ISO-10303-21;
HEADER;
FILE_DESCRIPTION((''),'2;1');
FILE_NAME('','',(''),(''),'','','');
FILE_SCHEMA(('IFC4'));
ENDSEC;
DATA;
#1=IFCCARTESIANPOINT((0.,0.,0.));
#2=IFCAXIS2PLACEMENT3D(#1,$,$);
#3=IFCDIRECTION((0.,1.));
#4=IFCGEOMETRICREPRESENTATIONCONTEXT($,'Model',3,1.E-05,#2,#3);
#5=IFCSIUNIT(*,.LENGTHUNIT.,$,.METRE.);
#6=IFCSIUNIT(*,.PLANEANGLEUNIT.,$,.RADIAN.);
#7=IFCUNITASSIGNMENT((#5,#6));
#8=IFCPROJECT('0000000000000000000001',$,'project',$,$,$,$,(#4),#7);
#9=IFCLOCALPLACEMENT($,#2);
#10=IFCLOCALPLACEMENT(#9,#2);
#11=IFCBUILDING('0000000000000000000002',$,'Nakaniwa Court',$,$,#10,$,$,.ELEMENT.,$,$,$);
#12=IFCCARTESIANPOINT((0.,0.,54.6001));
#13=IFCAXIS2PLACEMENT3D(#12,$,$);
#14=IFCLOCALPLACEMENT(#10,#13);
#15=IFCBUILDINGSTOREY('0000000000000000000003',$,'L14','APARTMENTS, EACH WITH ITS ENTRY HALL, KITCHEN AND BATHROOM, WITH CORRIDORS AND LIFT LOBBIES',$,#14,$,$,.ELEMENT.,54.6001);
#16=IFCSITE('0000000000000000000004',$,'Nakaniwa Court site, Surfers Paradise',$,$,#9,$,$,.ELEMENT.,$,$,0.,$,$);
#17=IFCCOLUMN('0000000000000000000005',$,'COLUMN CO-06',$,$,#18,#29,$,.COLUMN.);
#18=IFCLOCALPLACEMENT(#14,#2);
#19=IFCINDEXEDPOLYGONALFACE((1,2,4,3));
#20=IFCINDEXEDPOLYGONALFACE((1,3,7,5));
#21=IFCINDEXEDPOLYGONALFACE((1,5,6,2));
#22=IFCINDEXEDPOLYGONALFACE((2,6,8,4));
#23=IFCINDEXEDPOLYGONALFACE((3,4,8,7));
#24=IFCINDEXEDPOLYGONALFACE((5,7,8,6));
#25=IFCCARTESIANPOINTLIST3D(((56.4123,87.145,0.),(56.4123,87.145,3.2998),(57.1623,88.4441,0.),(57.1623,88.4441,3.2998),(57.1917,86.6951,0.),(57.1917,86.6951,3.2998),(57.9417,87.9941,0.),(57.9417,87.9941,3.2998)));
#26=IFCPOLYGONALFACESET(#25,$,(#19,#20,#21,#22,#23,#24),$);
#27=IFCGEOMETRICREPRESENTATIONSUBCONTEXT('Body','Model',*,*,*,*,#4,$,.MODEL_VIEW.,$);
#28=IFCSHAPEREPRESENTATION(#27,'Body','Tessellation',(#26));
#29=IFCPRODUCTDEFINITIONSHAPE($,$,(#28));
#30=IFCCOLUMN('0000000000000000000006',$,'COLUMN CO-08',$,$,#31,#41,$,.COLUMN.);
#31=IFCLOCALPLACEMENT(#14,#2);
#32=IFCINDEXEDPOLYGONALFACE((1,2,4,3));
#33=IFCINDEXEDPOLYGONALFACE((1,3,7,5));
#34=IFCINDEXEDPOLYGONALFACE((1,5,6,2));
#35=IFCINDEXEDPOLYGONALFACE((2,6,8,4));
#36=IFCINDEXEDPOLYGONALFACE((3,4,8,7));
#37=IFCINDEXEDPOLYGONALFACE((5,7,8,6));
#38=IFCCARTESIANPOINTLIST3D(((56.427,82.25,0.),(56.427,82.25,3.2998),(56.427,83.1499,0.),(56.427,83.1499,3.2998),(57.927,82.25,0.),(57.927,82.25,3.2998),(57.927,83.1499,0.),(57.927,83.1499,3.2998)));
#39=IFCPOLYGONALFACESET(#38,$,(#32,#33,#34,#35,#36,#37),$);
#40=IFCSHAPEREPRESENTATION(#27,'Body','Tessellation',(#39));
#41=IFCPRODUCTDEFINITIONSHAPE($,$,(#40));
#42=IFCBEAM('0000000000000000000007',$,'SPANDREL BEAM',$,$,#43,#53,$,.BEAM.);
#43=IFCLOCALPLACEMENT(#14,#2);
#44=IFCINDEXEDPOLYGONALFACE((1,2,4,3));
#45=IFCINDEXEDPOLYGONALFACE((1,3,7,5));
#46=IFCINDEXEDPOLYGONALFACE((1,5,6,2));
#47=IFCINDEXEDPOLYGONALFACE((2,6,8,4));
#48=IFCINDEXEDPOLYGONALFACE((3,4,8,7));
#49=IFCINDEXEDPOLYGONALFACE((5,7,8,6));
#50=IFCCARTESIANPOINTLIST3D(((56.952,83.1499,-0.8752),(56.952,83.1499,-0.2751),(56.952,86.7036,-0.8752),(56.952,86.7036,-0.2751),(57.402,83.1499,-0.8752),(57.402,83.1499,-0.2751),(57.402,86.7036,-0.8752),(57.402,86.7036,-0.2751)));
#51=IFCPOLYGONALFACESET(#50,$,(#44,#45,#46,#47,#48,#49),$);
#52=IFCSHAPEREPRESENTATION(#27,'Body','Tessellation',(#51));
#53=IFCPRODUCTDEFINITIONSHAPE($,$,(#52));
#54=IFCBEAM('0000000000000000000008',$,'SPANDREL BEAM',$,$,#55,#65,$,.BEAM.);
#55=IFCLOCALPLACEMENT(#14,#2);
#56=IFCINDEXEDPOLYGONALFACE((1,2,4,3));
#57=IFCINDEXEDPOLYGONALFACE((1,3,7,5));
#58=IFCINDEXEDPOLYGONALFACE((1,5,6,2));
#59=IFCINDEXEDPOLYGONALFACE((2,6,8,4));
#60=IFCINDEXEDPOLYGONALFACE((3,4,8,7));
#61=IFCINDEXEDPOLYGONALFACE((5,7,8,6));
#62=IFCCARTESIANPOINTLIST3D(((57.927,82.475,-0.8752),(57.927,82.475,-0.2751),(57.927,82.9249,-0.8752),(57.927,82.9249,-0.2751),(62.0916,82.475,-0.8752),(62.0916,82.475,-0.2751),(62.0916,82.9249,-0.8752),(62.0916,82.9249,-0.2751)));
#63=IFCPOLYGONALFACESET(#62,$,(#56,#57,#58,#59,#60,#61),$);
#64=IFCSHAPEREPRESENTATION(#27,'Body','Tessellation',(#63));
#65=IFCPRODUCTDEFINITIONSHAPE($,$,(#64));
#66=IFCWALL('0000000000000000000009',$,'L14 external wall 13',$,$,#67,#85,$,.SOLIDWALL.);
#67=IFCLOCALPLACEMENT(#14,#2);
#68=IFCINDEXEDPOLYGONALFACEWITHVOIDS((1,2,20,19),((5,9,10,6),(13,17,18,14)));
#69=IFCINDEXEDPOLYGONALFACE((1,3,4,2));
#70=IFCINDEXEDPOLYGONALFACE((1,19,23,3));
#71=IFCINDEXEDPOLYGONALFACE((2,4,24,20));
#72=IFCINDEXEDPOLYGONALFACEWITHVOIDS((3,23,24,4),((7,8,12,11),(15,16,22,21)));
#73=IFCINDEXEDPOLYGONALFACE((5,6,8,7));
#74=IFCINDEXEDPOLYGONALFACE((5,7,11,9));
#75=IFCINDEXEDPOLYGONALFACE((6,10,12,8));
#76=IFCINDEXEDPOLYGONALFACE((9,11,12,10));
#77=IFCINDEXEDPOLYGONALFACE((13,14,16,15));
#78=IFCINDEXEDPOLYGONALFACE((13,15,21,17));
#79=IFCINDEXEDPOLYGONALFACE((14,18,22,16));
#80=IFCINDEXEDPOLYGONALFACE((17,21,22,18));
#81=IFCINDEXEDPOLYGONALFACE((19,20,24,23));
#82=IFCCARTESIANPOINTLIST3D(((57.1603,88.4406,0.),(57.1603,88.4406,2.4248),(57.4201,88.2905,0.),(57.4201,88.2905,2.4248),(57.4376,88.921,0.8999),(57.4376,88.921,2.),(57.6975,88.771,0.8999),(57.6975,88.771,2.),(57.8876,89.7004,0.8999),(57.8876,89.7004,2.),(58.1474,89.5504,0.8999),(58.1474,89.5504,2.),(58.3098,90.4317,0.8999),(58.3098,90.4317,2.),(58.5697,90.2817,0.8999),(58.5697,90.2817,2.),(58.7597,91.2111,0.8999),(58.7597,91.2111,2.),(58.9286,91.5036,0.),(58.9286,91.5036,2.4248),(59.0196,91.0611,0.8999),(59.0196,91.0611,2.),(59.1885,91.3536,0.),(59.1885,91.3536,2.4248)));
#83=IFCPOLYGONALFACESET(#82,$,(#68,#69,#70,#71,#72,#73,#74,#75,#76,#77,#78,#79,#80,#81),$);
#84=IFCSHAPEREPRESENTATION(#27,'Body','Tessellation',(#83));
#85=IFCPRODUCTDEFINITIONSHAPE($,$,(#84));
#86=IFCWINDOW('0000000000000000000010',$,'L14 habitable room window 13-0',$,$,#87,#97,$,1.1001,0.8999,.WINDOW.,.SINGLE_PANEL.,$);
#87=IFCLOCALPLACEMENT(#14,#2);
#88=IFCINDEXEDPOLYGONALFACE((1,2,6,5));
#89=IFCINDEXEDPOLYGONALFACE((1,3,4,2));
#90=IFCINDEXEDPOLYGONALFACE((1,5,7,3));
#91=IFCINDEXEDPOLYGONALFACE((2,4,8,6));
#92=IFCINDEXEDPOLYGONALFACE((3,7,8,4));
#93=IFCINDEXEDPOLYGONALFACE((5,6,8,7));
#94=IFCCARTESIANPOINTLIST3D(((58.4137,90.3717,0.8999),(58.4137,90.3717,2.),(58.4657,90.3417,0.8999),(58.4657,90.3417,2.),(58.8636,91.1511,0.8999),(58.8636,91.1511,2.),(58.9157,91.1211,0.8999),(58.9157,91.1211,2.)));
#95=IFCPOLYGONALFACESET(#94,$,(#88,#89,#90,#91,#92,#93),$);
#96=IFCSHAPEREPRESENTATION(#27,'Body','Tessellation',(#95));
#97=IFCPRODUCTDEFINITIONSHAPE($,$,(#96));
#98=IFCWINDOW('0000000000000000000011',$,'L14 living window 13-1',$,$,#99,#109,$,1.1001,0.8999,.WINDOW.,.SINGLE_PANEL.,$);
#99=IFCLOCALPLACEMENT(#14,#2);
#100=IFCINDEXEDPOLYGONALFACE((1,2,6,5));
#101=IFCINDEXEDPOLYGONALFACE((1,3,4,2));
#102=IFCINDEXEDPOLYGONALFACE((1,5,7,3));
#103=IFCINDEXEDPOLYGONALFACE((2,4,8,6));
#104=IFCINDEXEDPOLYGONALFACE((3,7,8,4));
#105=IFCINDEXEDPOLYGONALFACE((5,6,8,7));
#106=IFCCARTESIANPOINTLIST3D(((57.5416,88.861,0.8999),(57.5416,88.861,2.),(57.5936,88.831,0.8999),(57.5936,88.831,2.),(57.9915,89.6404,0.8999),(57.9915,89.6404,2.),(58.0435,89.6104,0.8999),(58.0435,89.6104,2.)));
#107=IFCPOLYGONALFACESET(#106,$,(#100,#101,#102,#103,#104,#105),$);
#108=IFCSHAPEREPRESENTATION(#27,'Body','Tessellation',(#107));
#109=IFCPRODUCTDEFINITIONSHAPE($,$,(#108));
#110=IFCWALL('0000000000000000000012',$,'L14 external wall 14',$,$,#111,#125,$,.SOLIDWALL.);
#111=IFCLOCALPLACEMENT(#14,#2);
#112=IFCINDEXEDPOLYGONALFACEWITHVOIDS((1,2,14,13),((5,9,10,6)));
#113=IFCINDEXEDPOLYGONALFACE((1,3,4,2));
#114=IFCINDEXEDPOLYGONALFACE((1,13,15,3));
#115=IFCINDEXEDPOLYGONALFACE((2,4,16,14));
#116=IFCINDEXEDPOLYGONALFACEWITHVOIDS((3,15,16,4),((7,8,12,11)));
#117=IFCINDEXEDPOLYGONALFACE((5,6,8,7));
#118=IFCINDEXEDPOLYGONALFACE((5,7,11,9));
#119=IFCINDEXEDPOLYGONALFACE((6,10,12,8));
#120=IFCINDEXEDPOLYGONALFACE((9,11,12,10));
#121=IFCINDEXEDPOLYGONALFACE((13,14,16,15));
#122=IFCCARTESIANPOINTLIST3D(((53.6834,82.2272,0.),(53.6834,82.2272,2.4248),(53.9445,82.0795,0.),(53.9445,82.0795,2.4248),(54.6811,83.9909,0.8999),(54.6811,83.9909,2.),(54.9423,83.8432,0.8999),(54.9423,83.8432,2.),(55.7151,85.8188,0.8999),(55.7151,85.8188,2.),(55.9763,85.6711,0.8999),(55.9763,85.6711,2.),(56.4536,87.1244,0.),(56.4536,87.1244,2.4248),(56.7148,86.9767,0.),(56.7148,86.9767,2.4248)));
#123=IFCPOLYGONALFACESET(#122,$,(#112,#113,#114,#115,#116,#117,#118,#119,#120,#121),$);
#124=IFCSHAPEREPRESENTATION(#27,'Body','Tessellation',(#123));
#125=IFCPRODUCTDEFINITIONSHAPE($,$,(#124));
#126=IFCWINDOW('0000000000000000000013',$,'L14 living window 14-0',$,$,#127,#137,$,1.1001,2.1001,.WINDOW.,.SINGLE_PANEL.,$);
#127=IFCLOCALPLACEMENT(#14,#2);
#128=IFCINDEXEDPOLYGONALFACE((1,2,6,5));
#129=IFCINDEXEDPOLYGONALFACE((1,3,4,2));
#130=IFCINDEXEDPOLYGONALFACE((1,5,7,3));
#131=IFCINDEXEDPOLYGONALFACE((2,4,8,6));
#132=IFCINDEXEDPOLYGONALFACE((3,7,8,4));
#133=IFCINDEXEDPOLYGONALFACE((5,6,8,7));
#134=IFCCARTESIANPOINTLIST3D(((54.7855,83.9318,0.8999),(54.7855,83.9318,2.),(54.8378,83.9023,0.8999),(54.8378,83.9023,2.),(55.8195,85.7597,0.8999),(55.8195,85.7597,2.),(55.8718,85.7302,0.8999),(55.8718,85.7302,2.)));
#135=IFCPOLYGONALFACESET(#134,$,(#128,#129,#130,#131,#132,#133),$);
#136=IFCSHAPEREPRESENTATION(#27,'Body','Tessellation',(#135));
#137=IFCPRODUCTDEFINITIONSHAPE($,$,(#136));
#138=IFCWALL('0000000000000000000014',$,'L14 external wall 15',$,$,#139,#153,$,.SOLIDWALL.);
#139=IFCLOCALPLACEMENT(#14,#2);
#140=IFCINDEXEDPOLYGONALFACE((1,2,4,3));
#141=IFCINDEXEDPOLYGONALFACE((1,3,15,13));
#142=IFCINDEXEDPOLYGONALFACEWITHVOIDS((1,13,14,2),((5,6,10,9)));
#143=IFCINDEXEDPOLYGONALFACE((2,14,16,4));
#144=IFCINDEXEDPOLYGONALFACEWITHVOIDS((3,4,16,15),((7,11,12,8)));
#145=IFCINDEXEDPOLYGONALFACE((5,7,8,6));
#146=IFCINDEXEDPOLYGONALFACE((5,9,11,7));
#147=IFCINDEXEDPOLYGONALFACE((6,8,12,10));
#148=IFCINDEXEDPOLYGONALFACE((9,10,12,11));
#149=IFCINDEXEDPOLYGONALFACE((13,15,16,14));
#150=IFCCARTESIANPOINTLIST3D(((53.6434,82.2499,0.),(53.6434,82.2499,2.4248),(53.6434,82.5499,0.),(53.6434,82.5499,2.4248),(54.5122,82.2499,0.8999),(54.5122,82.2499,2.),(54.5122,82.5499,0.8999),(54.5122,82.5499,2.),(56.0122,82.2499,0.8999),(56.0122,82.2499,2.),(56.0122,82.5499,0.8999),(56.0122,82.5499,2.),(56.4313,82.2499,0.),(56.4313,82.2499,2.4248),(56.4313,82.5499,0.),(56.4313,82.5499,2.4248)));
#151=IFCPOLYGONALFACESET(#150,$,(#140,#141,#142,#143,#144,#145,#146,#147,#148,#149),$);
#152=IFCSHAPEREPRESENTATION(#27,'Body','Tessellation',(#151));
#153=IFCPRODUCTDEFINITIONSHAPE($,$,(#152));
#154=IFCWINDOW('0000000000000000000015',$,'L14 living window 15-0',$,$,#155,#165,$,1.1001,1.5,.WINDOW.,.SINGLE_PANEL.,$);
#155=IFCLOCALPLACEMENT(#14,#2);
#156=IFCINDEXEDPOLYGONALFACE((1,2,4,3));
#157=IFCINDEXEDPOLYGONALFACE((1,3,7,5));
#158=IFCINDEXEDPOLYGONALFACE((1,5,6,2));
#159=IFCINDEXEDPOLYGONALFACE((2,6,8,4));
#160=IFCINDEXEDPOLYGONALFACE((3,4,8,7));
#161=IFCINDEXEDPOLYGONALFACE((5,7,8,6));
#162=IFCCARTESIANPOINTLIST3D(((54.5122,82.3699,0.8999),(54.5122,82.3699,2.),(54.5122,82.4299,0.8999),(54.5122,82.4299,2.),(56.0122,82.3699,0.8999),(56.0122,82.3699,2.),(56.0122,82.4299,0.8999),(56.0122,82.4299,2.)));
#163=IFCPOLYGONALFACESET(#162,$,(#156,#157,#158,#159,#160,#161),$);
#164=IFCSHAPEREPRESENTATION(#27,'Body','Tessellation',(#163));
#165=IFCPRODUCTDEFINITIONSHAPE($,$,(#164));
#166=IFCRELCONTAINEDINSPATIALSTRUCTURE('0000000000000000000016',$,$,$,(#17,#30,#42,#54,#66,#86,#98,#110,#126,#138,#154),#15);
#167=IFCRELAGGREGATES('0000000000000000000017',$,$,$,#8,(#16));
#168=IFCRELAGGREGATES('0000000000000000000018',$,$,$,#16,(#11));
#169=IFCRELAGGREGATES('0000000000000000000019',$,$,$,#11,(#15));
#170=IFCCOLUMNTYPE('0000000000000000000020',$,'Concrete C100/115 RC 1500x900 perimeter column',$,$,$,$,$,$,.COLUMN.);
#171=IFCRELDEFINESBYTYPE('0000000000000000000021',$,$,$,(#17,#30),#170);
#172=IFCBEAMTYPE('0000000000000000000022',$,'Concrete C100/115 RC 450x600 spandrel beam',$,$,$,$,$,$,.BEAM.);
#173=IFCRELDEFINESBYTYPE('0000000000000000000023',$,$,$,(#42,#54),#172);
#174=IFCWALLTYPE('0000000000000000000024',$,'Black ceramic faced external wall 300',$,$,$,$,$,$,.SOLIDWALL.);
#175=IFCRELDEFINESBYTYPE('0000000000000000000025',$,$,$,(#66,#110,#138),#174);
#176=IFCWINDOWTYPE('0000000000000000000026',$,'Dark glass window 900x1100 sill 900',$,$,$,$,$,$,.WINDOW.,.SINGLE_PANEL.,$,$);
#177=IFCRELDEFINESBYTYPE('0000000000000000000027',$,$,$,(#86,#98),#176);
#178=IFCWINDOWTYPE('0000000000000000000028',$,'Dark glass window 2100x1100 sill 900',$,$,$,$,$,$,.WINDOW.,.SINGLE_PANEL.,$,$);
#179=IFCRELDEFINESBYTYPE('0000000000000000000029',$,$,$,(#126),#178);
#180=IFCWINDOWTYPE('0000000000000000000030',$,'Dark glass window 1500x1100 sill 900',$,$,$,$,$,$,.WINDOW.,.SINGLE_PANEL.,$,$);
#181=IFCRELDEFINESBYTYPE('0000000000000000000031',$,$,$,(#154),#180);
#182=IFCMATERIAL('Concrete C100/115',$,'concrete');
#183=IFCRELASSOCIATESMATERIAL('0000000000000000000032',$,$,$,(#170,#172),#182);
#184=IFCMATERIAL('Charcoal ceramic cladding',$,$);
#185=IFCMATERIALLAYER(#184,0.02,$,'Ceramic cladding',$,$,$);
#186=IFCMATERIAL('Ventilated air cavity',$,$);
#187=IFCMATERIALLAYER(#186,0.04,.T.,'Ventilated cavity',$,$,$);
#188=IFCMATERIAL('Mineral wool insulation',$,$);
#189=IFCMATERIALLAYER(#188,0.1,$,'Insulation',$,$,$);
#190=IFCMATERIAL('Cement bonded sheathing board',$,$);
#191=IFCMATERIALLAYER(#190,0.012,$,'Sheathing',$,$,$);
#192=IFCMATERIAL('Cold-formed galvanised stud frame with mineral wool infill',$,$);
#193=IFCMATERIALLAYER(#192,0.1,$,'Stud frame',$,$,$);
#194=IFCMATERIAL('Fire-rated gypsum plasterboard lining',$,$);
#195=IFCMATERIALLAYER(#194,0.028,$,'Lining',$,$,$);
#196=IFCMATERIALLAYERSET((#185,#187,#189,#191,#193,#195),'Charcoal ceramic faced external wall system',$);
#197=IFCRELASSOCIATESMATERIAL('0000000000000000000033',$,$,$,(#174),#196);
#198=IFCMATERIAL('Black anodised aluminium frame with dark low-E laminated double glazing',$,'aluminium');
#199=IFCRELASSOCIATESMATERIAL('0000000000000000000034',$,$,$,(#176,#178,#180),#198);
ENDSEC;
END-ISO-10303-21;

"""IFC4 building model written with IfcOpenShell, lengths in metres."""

from ifc_helpers import new_model, si_unit, direction, frame, frame_2d, origin, origin_2d, place, context, subcontext, project, spatial, rectangle, extrude, material, layer, layer_set, material_profile, profile_set, type_object, element, fill, save


model = new_model("IFC4")

# Units and contexts
model_context = context("Model", 3, precision=1e-05, world=origin(), true_north=direction((0.0, 1.0)))
body_context = subcontext(model_context, "Body", "Model", "MODEL_VIEW")
ifc_project = project(units=[si_unit("LENGTHUNIT", "METRE"), si_unit("PLANEANGLEUNIT", "RADIAN")], contexts=[model_context])

# Site, building, storey
site_placement = place(None, origin())
site = spatial("IfcSite", under=ifc_project, at=site_placement, Name="Nakaniwa Court site, Surfers Paradise", CompositionType="ELEMENT", RefElevation=0.0)
building_placement = place(site_placement, origin())
building = spatial("IfcBuilding", under=site, at=building_placement, Name="Nakaniwa Court", CompositionType="ELEMENT")
storey_placement = place(building_placement, frame((0.0, 0.0, 54.6001)))
storey = spatial("IfcBuildingStorey", under=building, at=storey_placement, Name="L14", Description="APARTMENTS, EACH WITH ITS ENTRY HALL, KITCHEN AND BATHROOM, WITH CORRIDORS AND LIFT LOBBIES", CompositionType="ELEMENT", Elevation=54.6001)

# Columns
ifc_material_1 = material(Name="Concrete C100/115", Category="concrete")
ifc_material_profile_1 = material_profile(ifc_material_1, rectangle(XDim=1.5, YDim=0.8999, at=origin_2d()), Name="Concrete C100/115 RC 1500x900 perimeter column")
ifc_profile_set_1 = profile_set([ifc_material_profile_1], Name="Concrete C100/115")
column_type = type_object("IfcColumnType", Name="Concrete C100/115 RC 1500x900 perimeter column", PredefinedType="COLUMN", material=ifc_profile_set_1)
for number, where, z_axis, x_axis, name in (
    (1, (57.177, 87.5696, 0.0), (0.0, 0.0, 1.0), (-0.5, -0.866025, 0.0), "COLUMN CO-06"),
    (2, (57.177, 82.7, 0.0), (0.0, 0.0, 1.0), (1.0, 0.0, 0.0), "COLUMN CO-08"),
):
    element("IfcColumn", number, at=place(storey_placement, frame(where, z_axis=z_axis, x_axis=x_axis)), inside=storey, type_object=column_type, Name=name, PredefinedType="COLUMN", context=body_context, shape_type="SweptSolid", body=[
        extrude(rectangle(XDim=1.5, YDim=0.8999, at=origin_2d()), origin(), (0.0, 0.0, 1.0), 3.2998),
    ])

# Beams
ifc_material_profile_2 = material_profile(ifc_material_1, rectangle(XDim=0.45, YDim=0.6001, at=origin_2d()), Name="Concrete C100/115 RC 450x600 spandrel beam")
ifc_profile_set_2 = profile_set([ifc_material_profile_2], Name="Concrete C100/115")
beam_type = type_object("IfcBeamType", Name="Concrete C100/115 RC 450x600 spandrel beam", PredefinedType="BEAM", material=ifc_profile_set_2)
beam_1_placement = place(storey_placement, frame((57.177, 86.7036, -0.5752), z_axis=(0.0, -1.0, 0.0), x_axis=(1.0, 0.0, 0.0)))
element("IfcBeam", 3, at=beam_1_placement, inside=storey, type_object=beam_type, Name="SPANDREL BEAM", PredefinedType="BEAM", context=body_context, shape_type="SweptSolid", body=[
    extrude(rectangle(XDim=0.45, YDim=0.6001, at=origin_2d()), origin(), (0.0, 0.0, 1.0), 3.5537),
])
beam_2_placement = place(storey_placement, frame((57.927, 82.7, -0.5752), z_axis=(1.0, 0.0, 0.0), x_axis=(0.0, 1.0, 0.0)))
element("IfcBeam", 4, at=beam_2_placement, inside=storey, type_object=beam_type, Name="SPANDREL BEAM", PredefinedType="BEAM", context=body_context, shape_type="SweptSolid", body=[
    extrude(rectangle(XDim=0.45, YDim=0.6001, at=origin_2d()), origin(), (0.0, 0.0, 1.0), 4.1646),
])

# Wall, openings, windows
ifc_material_2 = material(Name="Charcoal ceramic cladding")
ifc_layer_1 = layer(ifc_material_2, 0.02, Name="Ceramic cladding")
ifc_material_3 = material(Name="Ventilated air cavity")
ifc_layer_2 = layer(ifc_material_3, 0.04, ventilated=True, Name="Ventilated cavity")
ifc_material_4 = material(Name="Mineral wool insulation")
ifc_layer_3 = layer(ifc_material_4, 0.1, Name="Insulation")
ifc_material_5 = material(Name="Cement bonded sheathing board")
ifc_layer_4 = layer(ifc_material_5, 0.012, Name="Sheathing")
ifc_material_6 = material(Name="Cold-formed galvanised stud frame with mineral wool infill")
ifc_layer_5 = layer(ifc_material_6, 0.1, Name="Stud frame")
ifc_material_7 = material(Name="Fire-rated gypsum plasterboard lining")
ifc_layer_6 = layer(ifc_material_7, 0.028, Name="Lining")
ifc_layer_set_1 = layer_set([ifc_layer_1, ifc_layer_2, ifc_layer_3, ifc_layer_4, ifc_layer_5, ifc_layer_6], Name="Charcoal ceramic faced external wall system")
wall_type_1 = type_object("IfcWallType", Name="Black ceramic faced external wall 300", PredefinedType="SOLIDWALL", material=ifc_layer_set_1)
wall_1_placement = place(storey_placement, frame((59.0586, 91.4287, 0.0), z_axis=(0.0, 0.0, 1.0), x_axis=(-0.499977, -0.866038, 0.0)))
wall_1 = element("IfcWall", 5, at=wall_1_placement, inside=storey, type_object=wall_type_1, Name="L14 external wall 13", PredefinedType="SOLIDWALL", context=body_context, shape_type="SweptSolid", body=[
    extrude(rectangle(XDim=3.5369, YDim=0.3, at=frame_2d((1.7686, 0.0))), origin(), (0.0, 0.0, 1.0), 2.4248),
])
opening_1_placement = place(wall_1_placement, frame((0.3379, 0.0, 0.8999)))
opening_1 = element("IfcOpeningElement", 6, at=opening_1_placement, cuts=wall_1, PredefinedType="OPENING", context=body_context, shape_type="SweptSolid", body=[
    extrude(rectangle(XDim=0.8999, YDim=1.1001, at=frame_2d((0.45, 0.55))), frame((0.0, 0.1599, 0.0), z_axis=(0.0, -1.0, 0.0), x_axis=(1.0, 0.0, 0.0)), (0.0, 0.0, 1.0), 0.3201),
])
opening_2_placement = place(wall_1_placement, frame((2.0823, 0.0, 0.8999)))
opening_2 = element("IfcOpeningElement", 7, at=opening_2_placement, cuts=wall_1, PredefinedType="OPENING", context=body_context, shape_type="SweptSolid", body=[
    extrude(rectangle(XDim=0.8999, YDim=1.1001, at=frame_2d((0.45, 0.55))), frame((0.0, 0.1599, 0.0), z_axis=(0.0, -1.0, 0.0), x_axis=(1.0, 0.0, 0.0)), (0.0, 0.0, 1.0), 0.3201),
])
ifc_material_8 = material(Name="Black anodised aluminium frame with dark low-E laminated double glazing", Category="aluminium")
window_type_1 = type_object("IfcWindowType", Name="Dark glass window 900x1100 sill 900", PartitioningType="SINGLE_PANEL", PredefinedType="WINDOW", material=ifc_material_8)
window_1_placement = place(opening_1_placement, origin())
window_1 = element("IfcWindow", 8, at=window_1_placement, inside=storey, type_object=window_type_1, Name="L14 habitable room window 13-0", OverallHeight=1.1001, OverallWidth=0.8999, PartitioningType="SINGLE_PANEL", PredefinedType="WINDOW", context=body_context, shape_type="SweptSolid", body=[
    extrude(rectangle(XDim=0.8999, YDim=1.1001, at=frame_2d((0.45, 0.55))), frame((0.0, 0.03, 0.0), z_axis=(0.0, -1.0, 0.0), x_axis=(1.0, 0.0, 0.0)), (0.0, 0.0, 1.0), 0.0601),
])
fill(opening_1, window_1)
window_2_placement = place(opening_2_placement, origin())
window_2 = element("IfcWindow", 9, at=window_2_placement, inside=storey, type_object=window_type_1, Name="L14 living window 13-1", OverallHeight=1.1001, OverallWidth=0.8999, PartitioningType="SINGLE_PANEL", PredefinedType="WINDOW", context=body_context, shape_type="SweptSolid", body=[
    extrude(rectangle(XDim=0.8999, YDim=1.1001, at=frame_2d((0.45, 0.55))), frame((0.0, 0.03, 0.0), z_axis=(0.0, -1.0, 0.0), x_axis=(1.0, 0.0, 0.0)), (0.0, 0.0, 1.0), 0.0601),
])
fill(opening_2, window_2)

# Walls, openings, windows
wall_2_placement = place(storey_placement, frame((56.5842, 87.0505, 0.0), z_axis=(0.0, 0.0, 1.0), x_axis=(-0.492363, -0.87039, 0.0)))
wall_2 = element("IfcWall", 10, at=wall_2_placement, inside=storey, type_object=wall_type_1, Name="L14 external wall 14", PredefinedType="SOLIDWALL", context=body_context, shape_type="SweptSolid", body=[
    extrude(rectangle(XDim=5.6265, YDim=0.3, at=frame_2d((2.8132, 0.0))), origin(), (0.0, 0.0, 1.0), 2.4248),
])
opening_3_placement = place(wall_2_placement, frame((1.5, 0.0, 0.8999)))
opening_3 = element("IfcOpeningElement", 11, at=opening_3_placement, cuts=wall_2, PredefinedType="OPENING", context=body_context, shape_type="SweptSolid", body=[
    extrude(rectangle(XDim=2.1001, YDim=1.1001, at=frame_2d((1.05, 0.55))), frame((0.0, 0.1599, 0.0), z_axis=(0.0, -1.0, 0.0), x_axis=(1.0, 0.0, 0.0)), (0.0, 0.0, 1.0), 0.3201),
])
window_type_2 = type_object("IfcWindowType", Name="Dark glass window 2100x1100 sill 900", PartitioningType="SINGLE_PANEL", PredefinedType="WINDOW", material=ifc_material_8)
window_3_placement = place(opening_3_placement, origin())
window_3 = element("IfcWindow", 12, at=window_3_placement, inside=storey, type_object=window_type_2, Name="L14 living window 14-0", OverallHeight=1.1001, OverallWidth=2.1001, PartitioningType="SINGLE_PANEL", PredefinedType="WINDOW", context=body_context, shape_type="SweptSolid", body=[
    extrude(rectangle(XDim=2.1001, YDim=1.1001, at=frame_2d((1.05, 0.55))), frame((0.0, 0.03, 0.0), z_axis=(0.0, -1.0, 0.0), x_axis=(1.0, 0.0, 0.0)), (0.0, 0.0, 1.0), 0.0601),
])
fill(opening_3, window_3)
wall_3_placement = place(storey_placement, frame((53.6433, 82.3999, 0.0), z_axis=(0.0, 0.0, 1.0), x_axis=(1.0, 0.0, 0.0)))
wall_3 = element("IfcWall", 13, at=wall_3_placement, inside=storey, type_object=wall_type_1, Name="L14 external wall 15", PredefinedType="SOLIDWALL", context=body_context, shape_type="SweptSolid", body=[
    extrude(rectangle(XDim=2.7878, YDim=0.3, at=frame_2d((1.394, 0.0))), origin(), (0.0, 0.0, 1.0), 2.4248),
])
opening_4_placement = place(wall_3_placement, frame((0.8689, 0.0, 0.8999)))
opening_4 = element("IfcOpeningElement", 14, at=opening_4_placement, cuts=wall_3, PredefinedType="OPENING", context=body_context, shape_type="SweptSolid", body=[
    extrude(rectangle(XDim=1.5, YDim=1.1001, at=frame_2d((0.75, 0.55))), frame((0.0, 0.1599, 0.0), z_axis=(0.0, -1.0, 0.0), x_axis=(1.0, 0.0, 0.0)), (0.0, 0.0, 1.0), 0.3201),
])
window_type_3 = type_object("IfcWindowType", Name="Dark glass window 1500x1100 sill 900", PartitioningType="SINGLE_PANEL", PredefinedType="WINDOW", material=ifc_material_8)
window_4_placement = place(opening_4_placement, origin())
window_4 = element("IfcWindow", 15, at=window_4_placement, inside=storey, type_object=window_type_3, Name="L14 living window 15-0", OverallHeight=1.1001, OverallWidth=1.5, PartitioningType="SINGLE_PANEL", PredefinedType="WINDOW", context=body_context, shape_type="SweptSolid", body=[
    extrude(rectangle(XDim=1.5, YDim=1.1001, at=frame_2d((0.75, 0.55))), frame((0.0, 0.03, 0.0), z_axis=(0.0, -1.0, 0.0), x_axis=(1.0, 0.0, 0.0)), (0.0, 0.0, 1.0), 0.0601),
])
fill(opening_4, window_4)

save(model, "model.ifc")
